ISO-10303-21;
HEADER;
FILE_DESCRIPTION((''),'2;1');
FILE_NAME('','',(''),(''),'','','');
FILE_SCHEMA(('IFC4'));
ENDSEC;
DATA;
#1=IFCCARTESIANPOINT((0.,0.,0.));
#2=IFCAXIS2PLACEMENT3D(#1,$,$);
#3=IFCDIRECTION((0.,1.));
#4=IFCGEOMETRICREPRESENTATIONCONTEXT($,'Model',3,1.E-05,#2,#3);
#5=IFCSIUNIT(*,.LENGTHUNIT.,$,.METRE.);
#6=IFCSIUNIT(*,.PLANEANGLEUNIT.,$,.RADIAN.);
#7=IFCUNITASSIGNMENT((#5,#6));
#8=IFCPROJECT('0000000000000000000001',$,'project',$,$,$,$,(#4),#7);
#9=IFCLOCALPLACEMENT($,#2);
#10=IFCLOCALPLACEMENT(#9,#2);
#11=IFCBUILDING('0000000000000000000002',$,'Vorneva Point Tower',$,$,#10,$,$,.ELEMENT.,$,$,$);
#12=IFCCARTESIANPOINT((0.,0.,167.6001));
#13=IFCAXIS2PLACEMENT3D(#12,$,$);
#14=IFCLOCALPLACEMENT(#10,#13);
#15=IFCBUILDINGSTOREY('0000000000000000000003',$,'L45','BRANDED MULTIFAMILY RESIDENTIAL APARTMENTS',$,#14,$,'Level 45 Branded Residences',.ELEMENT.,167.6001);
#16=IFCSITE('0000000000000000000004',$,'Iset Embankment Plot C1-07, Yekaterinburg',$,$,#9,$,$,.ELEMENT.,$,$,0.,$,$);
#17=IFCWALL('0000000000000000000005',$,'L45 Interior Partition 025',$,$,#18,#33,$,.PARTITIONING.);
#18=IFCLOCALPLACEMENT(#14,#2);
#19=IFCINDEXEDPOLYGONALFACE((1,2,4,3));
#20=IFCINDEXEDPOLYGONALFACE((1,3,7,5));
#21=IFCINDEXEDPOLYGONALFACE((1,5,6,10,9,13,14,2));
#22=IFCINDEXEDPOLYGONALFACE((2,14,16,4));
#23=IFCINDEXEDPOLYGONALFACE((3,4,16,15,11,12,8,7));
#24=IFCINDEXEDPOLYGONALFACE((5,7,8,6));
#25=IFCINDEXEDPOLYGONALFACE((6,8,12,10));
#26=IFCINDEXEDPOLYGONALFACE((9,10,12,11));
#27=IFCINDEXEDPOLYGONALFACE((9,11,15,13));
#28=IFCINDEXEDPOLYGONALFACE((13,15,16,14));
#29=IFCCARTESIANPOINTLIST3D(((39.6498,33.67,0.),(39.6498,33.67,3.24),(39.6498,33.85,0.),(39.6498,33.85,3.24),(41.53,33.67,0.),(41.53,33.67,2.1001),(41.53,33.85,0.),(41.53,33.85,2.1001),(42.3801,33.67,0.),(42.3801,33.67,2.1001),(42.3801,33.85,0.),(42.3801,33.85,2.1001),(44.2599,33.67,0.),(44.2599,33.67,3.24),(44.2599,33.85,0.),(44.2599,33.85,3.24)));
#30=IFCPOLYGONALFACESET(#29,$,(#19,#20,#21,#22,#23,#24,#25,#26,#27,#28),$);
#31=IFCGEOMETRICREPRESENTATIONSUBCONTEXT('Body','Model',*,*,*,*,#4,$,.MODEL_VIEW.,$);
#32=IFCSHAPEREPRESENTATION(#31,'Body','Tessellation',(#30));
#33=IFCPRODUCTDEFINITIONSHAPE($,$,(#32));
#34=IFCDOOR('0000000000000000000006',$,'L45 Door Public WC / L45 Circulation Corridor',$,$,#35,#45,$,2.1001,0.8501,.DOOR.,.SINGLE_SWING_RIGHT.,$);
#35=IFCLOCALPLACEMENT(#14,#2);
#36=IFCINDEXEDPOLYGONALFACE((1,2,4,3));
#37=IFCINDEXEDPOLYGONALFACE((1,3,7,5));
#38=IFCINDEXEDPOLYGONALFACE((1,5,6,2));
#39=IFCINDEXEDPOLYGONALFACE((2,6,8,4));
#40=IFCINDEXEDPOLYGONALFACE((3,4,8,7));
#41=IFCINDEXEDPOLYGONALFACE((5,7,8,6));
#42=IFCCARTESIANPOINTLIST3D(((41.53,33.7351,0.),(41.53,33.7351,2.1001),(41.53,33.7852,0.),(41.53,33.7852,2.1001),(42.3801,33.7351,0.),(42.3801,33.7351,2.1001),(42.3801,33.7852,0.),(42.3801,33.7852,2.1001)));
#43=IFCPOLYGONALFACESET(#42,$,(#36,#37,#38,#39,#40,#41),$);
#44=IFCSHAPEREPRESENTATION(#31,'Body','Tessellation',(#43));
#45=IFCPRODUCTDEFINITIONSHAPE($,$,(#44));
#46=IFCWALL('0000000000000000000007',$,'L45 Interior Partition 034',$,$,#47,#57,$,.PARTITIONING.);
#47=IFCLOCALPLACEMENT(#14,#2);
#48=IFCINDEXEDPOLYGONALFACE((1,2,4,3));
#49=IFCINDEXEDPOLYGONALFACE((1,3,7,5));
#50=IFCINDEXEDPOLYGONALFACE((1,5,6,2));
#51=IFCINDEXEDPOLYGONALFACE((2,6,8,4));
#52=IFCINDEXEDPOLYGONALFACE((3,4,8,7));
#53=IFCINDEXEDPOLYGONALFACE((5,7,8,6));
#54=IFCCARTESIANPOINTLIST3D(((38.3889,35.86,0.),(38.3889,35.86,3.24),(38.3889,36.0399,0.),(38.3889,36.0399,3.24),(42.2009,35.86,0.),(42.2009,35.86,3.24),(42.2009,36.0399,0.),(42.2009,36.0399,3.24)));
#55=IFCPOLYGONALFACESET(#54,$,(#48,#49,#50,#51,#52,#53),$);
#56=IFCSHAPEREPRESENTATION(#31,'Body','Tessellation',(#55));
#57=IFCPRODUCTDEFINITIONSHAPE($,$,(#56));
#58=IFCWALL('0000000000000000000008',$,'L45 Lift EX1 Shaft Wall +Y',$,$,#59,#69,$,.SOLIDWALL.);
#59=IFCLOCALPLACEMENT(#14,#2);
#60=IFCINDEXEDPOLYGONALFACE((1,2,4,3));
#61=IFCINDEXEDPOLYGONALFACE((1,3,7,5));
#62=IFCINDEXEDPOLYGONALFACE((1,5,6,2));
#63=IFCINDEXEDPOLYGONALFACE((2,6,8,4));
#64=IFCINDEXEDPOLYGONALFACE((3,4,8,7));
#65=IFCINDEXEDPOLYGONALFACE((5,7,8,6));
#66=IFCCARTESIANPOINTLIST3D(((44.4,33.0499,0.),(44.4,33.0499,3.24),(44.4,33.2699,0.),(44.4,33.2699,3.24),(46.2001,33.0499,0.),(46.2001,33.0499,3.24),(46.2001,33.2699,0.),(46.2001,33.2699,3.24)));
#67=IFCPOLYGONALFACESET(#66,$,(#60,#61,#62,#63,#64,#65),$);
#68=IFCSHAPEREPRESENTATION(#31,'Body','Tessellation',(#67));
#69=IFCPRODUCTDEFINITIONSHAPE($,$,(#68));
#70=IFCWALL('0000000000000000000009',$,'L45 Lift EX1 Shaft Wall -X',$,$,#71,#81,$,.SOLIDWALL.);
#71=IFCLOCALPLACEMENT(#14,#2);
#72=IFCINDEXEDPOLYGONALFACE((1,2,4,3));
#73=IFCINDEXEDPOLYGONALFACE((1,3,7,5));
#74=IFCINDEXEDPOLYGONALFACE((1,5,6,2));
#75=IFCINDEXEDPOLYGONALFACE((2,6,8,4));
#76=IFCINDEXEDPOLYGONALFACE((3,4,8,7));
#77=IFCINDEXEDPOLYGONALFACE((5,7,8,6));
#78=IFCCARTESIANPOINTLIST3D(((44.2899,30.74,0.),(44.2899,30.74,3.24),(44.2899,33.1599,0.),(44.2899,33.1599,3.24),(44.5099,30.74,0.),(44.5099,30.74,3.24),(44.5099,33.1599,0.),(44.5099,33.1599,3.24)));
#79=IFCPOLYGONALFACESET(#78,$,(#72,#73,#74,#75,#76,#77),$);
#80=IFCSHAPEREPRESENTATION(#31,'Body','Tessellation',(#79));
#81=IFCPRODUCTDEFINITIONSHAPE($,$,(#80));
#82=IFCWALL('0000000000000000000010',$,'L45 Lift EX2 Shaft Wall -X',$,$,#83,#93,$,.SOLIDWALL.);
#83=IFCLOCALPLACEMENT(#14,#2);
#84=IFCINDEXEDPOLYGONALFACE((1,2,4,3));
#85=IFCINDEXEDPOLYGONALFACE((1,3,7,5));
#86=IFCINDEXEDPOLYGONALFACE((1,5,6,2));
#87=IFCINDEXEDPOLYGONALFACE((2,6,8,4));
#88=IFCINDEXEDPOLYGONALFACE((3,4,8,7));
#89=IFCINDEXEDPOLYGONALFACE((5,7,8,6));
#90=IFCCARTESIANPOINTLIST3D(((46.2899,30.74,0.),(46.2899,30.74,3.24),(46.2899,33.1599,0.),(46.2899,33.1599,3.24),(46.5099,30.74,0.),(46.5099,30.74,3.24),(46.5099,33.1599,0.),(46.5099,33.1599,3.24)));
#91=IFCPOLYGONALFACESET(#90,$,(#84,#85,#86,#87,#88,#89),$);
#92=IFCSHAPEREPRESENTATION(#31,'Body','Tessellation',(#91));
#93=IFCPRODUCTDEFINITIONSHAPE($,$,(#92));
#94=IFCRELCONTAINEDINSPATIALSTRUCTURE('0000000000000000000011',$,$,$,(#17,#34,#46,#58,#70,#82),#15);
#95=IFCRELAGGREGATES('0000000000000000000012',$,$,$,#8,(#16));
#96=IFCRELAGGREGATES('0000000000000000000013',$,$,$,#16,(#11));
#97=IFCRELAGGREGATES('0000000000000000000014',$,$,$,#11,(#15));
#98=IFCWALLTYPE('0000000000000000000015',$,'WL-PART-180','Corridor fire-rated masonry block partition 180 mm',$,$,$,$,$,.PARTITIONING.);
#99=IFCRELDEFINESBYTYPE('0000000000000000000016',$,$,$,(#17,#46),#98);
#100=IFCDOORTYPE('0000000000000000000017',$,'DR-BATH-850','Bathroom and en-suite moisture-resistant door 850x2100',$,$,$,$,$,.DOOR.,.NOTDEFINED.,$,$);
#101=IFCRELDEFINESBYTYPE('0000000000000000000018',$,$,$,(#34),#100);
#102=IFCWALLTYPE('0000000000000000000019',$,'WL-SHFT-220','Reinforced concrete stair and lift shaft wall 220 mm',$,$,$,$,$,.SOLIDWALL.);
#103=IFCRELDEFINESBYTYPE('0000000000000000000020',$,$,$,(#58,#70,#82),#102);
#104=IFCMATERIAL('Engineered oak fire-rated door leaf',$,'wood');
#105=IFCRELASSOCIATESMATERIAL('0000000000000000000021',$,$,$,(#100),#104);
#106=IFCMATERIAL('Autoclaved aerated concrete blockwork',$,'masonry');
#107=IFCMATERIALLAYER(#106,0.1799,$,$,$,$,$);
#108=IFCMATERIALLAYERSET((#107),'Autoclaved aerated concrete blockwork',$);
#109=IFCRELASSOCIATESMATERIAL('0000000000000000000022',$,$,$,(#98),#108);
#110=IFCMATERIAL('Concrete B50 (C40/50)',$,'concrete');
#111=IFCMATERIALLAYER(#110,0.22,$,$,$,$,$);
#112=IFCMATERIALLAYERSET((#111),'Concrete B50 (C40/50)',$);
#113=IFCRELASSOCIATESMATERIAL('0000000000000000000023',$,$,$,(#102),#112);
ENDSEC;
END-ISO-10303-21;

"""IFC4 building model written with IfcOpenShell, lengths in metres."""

from ifc_helpers import new_model, si_unit, direction, frame, frame_2d, origin, place, context, subcontext, project, spatial, rectangle, extrude, material, layer, layer_set, type_object, element, fill, save


model = new_model("IFC4")

# Units and contexts
model_context = context("Model", 3, precision=1e-05, world=origin(), true_north=direction((0.0, 1.0)))
body_context = subcontext(model_context, "Body", "Model", "MODEL_VIEW")
ifc_project = project(units=[si_unit("LENGTHUNIT", "METRE"), si_unit("PLANEANGLEUNIT", "RADIAN")], contexts=[model_context])

# Site, building, storey
site_placement = place(None, origin())
site = spatial("IfcSite", under=ifc_project, at=site_placement, Name="Iset Embankment Plot C1-07, Yekaterinburg", CompositionType="ELEMENT", RefElevation=0.0)
building_placement = place(site_placement, origin())
building = spatial("IfcBuilding", under=site, at=building_placement, Name="Vorneva Point Tower", CompositionType="ELEMENT")
storey_placement = place(building_placement, frame((0.0, 0.0, 167.6001)))
storey = spatial("IfcBuildingStorey", under=building, at=storey_placement, Name="L45", Description="BRANDED MULTIFAMILY RESIDENTIAL APARTMENTS", LongName="Level 45 Branded Residences", CompositionType="ELEMENT", Elevation=167.6001)

# Shared definitions
ifc_material_1 = material(Name="Engineered oak fire-rated door leaf", Category="wood")
door_type_1 = type_object("IfcDoorType", Name="DR-BATH-850", Description="Bathroom and en-suite moisture-resistant door 850x2100", OperationType="NOTDEFINED", PredefinedType="DOOR", material=ifc_material_1)

# Wall, opening, door
ifc_material_2 = material(Name="Autoclaved aerated concrete blockwork", Category="masonry")
ifc_layer_1 = layer(ifc_material_2, 0.1799)
ifc_layer_set_1 = layer_set([ifc_layer_1], Name="Autoclaved aerated concrete blockwork")
wall_type_1 = type_object("IfcWallType", Name="WL-PART-180", Description="Corridor fire-rated masonry block partition 180 mm", PredefinedType="PARTITIONING", material=ifc_layer_set_1)
wall_1_placement = place(storey_placement, frame((44.26, 33.76, 0.0), z_axis=(0.0, 0.0, 1.0), x_axis=(-1.0, 0.0, 0.0)))
wall_1 = element("IfcWall", 1, at=wall_1_placement, inside=storey, type_object=wall_type_1, Name="L45 Interior Partition 025", PredefinedType="PARTITIONING", context=body_context, shape_type="SweptSolid", body=[
    extrude(rectangle(XDim=4.6101, YDim=0.1799, at=frame_2d((2.3052, 0.0))), origin(), (0.0, 0.0, 1.0), 3.24),
])
opening_1_placement = place(wall_1_placement, frame((1.8799, 0.0, 0.0)))
opening_1 = element("IfcOpeningElement", 2, at=opening_1_placement, cuts=wall_1, PredefinedType="OPENING", context=body_context, shape_type="SweptSolid", body=[
    extrude(rectangle(XDim=0.8501, YDim=2.1001, at=frame_2d((0.425, 1.05))), frame((0.0, 0.105, 0.0), z_axis=(0.0, -1.0, 0.0), x_axis=(1.0, 0.0, 0.0)), (0.0, 0.0, 1.0), 0.2097),
])
door_1_placement = place(opening_1_placement, origin())
door_1 = element("IfcDoor", 3, at=door_1_placement, inside=storey, type_object=door_type_1, Name="L45 Door Public WC / L45 Circulation Corridor", OperationType="SINGLE_SWING_RIGHT", OverallHeight=2.1001, OverallWidth=0.8501, PredefinedType="DOOR", context=body_context, shape_type="SweptSolid", body=[
    extrude(rectangle(XDim=0.8501, YDim=2.1001, at=frame_2d((0.425, 1.05))), frame((0.0, 0.0249, 0.0), z_axis=(0.0, -1.0, 0.0), x_axis=(1.0, 0.0, 0.0)), (0.0, 0.0, 1.0), 0.05),
])
fill(opening_1, door_1)

# Walls
wall_2_placement = place(storey_placement, frame((42.2009, 35.95, 0.0), z_axis=(0.0, 0.0, 1.0), x_axis=(-1.0, 0.0, 0.0)))
element("IfcWall", 4, at=wall_2_placement, inside=storey, type_object=wall_type_1, Name="L45 Interior Partition 034", PredefinedType="PARTITIONING", context=body_context, shape_type="SweptSolid", body=[
    extrude(rectangle(XDim=3.812, YDim=0.1799, at=frame_2d((1.906, 0.0))), origin(), (0.0, 0.0, 1.0), 3.24),
])
ifc_material_3 = material(Name="Concrete B50 (C40/50)", Category="concrete")
ifc_layer_2 = layer(ifc_material_3, 0.22)
ifc_layer_set_2 = layer_set([ifc_layer_2], Name="Concrete B50 (C40/50)")
wall_type_2 = type_object("IfcWallType", Name="WL-SHFT-220", Description="Reinforced concrete stair and lift shaft wall 220 mm", PredefinedType="SOLIDWALL", material=ifc_layer_set_2)
wall_3_placement = place(storey_placement, frame((46.2, 33.1599, 0.0), z_axis=(0.0, 0.0, 1.0), x_axis=(-1.0, 0.0, 0.0)))
element("IfcWall", 5, at=wall_3_placement, inside=storey, type_object=wall_type_2, Name="L45 Lift EX1 Shaft Wall +Y", PredefinedType="SOLIDWALL", context=body_context, shape_type="SweptSolid", body=[
    extrude(rectangle(XDim=1.8, YDim=0.22, at=frame_2d((0.8999, 0.0))), origin(), (0.0, 0.0, 1.0), 3.24),
])
for number, where, z_axis, x_axis, name in (
    (6, (44.3999, 33.1599, 0.0), (0.0, 0.0, 1.0), (0.0, -1.0, 0.0), "L45 Lift EX1 Shaft Wall -X"),
    (7, (46.3999, 33.1599, 0.0), (0.0, 0.0, 1.0), (0.0, -1.0, 0.0), "L45 Lift EX2 Shaft Wall -X"),
):
    element("IfcWall", number, at=place(storey_placement, frame(where, z_axis=z_axis, x_axis=x_axis)), inside=storey, type_object=wall_type_2, Name=name, PredefinedType="SOLIDWALL", context=body_context, shape_type="SweptSolid", body=[
        extrude(rectangle(XDim=2.4199, YDim=0.22, at=frame_2d((1.21, 0.0))), origin(), (0.0, 0.0, 1.0), 3.24),
    ])

save(model, "model.ifc")
